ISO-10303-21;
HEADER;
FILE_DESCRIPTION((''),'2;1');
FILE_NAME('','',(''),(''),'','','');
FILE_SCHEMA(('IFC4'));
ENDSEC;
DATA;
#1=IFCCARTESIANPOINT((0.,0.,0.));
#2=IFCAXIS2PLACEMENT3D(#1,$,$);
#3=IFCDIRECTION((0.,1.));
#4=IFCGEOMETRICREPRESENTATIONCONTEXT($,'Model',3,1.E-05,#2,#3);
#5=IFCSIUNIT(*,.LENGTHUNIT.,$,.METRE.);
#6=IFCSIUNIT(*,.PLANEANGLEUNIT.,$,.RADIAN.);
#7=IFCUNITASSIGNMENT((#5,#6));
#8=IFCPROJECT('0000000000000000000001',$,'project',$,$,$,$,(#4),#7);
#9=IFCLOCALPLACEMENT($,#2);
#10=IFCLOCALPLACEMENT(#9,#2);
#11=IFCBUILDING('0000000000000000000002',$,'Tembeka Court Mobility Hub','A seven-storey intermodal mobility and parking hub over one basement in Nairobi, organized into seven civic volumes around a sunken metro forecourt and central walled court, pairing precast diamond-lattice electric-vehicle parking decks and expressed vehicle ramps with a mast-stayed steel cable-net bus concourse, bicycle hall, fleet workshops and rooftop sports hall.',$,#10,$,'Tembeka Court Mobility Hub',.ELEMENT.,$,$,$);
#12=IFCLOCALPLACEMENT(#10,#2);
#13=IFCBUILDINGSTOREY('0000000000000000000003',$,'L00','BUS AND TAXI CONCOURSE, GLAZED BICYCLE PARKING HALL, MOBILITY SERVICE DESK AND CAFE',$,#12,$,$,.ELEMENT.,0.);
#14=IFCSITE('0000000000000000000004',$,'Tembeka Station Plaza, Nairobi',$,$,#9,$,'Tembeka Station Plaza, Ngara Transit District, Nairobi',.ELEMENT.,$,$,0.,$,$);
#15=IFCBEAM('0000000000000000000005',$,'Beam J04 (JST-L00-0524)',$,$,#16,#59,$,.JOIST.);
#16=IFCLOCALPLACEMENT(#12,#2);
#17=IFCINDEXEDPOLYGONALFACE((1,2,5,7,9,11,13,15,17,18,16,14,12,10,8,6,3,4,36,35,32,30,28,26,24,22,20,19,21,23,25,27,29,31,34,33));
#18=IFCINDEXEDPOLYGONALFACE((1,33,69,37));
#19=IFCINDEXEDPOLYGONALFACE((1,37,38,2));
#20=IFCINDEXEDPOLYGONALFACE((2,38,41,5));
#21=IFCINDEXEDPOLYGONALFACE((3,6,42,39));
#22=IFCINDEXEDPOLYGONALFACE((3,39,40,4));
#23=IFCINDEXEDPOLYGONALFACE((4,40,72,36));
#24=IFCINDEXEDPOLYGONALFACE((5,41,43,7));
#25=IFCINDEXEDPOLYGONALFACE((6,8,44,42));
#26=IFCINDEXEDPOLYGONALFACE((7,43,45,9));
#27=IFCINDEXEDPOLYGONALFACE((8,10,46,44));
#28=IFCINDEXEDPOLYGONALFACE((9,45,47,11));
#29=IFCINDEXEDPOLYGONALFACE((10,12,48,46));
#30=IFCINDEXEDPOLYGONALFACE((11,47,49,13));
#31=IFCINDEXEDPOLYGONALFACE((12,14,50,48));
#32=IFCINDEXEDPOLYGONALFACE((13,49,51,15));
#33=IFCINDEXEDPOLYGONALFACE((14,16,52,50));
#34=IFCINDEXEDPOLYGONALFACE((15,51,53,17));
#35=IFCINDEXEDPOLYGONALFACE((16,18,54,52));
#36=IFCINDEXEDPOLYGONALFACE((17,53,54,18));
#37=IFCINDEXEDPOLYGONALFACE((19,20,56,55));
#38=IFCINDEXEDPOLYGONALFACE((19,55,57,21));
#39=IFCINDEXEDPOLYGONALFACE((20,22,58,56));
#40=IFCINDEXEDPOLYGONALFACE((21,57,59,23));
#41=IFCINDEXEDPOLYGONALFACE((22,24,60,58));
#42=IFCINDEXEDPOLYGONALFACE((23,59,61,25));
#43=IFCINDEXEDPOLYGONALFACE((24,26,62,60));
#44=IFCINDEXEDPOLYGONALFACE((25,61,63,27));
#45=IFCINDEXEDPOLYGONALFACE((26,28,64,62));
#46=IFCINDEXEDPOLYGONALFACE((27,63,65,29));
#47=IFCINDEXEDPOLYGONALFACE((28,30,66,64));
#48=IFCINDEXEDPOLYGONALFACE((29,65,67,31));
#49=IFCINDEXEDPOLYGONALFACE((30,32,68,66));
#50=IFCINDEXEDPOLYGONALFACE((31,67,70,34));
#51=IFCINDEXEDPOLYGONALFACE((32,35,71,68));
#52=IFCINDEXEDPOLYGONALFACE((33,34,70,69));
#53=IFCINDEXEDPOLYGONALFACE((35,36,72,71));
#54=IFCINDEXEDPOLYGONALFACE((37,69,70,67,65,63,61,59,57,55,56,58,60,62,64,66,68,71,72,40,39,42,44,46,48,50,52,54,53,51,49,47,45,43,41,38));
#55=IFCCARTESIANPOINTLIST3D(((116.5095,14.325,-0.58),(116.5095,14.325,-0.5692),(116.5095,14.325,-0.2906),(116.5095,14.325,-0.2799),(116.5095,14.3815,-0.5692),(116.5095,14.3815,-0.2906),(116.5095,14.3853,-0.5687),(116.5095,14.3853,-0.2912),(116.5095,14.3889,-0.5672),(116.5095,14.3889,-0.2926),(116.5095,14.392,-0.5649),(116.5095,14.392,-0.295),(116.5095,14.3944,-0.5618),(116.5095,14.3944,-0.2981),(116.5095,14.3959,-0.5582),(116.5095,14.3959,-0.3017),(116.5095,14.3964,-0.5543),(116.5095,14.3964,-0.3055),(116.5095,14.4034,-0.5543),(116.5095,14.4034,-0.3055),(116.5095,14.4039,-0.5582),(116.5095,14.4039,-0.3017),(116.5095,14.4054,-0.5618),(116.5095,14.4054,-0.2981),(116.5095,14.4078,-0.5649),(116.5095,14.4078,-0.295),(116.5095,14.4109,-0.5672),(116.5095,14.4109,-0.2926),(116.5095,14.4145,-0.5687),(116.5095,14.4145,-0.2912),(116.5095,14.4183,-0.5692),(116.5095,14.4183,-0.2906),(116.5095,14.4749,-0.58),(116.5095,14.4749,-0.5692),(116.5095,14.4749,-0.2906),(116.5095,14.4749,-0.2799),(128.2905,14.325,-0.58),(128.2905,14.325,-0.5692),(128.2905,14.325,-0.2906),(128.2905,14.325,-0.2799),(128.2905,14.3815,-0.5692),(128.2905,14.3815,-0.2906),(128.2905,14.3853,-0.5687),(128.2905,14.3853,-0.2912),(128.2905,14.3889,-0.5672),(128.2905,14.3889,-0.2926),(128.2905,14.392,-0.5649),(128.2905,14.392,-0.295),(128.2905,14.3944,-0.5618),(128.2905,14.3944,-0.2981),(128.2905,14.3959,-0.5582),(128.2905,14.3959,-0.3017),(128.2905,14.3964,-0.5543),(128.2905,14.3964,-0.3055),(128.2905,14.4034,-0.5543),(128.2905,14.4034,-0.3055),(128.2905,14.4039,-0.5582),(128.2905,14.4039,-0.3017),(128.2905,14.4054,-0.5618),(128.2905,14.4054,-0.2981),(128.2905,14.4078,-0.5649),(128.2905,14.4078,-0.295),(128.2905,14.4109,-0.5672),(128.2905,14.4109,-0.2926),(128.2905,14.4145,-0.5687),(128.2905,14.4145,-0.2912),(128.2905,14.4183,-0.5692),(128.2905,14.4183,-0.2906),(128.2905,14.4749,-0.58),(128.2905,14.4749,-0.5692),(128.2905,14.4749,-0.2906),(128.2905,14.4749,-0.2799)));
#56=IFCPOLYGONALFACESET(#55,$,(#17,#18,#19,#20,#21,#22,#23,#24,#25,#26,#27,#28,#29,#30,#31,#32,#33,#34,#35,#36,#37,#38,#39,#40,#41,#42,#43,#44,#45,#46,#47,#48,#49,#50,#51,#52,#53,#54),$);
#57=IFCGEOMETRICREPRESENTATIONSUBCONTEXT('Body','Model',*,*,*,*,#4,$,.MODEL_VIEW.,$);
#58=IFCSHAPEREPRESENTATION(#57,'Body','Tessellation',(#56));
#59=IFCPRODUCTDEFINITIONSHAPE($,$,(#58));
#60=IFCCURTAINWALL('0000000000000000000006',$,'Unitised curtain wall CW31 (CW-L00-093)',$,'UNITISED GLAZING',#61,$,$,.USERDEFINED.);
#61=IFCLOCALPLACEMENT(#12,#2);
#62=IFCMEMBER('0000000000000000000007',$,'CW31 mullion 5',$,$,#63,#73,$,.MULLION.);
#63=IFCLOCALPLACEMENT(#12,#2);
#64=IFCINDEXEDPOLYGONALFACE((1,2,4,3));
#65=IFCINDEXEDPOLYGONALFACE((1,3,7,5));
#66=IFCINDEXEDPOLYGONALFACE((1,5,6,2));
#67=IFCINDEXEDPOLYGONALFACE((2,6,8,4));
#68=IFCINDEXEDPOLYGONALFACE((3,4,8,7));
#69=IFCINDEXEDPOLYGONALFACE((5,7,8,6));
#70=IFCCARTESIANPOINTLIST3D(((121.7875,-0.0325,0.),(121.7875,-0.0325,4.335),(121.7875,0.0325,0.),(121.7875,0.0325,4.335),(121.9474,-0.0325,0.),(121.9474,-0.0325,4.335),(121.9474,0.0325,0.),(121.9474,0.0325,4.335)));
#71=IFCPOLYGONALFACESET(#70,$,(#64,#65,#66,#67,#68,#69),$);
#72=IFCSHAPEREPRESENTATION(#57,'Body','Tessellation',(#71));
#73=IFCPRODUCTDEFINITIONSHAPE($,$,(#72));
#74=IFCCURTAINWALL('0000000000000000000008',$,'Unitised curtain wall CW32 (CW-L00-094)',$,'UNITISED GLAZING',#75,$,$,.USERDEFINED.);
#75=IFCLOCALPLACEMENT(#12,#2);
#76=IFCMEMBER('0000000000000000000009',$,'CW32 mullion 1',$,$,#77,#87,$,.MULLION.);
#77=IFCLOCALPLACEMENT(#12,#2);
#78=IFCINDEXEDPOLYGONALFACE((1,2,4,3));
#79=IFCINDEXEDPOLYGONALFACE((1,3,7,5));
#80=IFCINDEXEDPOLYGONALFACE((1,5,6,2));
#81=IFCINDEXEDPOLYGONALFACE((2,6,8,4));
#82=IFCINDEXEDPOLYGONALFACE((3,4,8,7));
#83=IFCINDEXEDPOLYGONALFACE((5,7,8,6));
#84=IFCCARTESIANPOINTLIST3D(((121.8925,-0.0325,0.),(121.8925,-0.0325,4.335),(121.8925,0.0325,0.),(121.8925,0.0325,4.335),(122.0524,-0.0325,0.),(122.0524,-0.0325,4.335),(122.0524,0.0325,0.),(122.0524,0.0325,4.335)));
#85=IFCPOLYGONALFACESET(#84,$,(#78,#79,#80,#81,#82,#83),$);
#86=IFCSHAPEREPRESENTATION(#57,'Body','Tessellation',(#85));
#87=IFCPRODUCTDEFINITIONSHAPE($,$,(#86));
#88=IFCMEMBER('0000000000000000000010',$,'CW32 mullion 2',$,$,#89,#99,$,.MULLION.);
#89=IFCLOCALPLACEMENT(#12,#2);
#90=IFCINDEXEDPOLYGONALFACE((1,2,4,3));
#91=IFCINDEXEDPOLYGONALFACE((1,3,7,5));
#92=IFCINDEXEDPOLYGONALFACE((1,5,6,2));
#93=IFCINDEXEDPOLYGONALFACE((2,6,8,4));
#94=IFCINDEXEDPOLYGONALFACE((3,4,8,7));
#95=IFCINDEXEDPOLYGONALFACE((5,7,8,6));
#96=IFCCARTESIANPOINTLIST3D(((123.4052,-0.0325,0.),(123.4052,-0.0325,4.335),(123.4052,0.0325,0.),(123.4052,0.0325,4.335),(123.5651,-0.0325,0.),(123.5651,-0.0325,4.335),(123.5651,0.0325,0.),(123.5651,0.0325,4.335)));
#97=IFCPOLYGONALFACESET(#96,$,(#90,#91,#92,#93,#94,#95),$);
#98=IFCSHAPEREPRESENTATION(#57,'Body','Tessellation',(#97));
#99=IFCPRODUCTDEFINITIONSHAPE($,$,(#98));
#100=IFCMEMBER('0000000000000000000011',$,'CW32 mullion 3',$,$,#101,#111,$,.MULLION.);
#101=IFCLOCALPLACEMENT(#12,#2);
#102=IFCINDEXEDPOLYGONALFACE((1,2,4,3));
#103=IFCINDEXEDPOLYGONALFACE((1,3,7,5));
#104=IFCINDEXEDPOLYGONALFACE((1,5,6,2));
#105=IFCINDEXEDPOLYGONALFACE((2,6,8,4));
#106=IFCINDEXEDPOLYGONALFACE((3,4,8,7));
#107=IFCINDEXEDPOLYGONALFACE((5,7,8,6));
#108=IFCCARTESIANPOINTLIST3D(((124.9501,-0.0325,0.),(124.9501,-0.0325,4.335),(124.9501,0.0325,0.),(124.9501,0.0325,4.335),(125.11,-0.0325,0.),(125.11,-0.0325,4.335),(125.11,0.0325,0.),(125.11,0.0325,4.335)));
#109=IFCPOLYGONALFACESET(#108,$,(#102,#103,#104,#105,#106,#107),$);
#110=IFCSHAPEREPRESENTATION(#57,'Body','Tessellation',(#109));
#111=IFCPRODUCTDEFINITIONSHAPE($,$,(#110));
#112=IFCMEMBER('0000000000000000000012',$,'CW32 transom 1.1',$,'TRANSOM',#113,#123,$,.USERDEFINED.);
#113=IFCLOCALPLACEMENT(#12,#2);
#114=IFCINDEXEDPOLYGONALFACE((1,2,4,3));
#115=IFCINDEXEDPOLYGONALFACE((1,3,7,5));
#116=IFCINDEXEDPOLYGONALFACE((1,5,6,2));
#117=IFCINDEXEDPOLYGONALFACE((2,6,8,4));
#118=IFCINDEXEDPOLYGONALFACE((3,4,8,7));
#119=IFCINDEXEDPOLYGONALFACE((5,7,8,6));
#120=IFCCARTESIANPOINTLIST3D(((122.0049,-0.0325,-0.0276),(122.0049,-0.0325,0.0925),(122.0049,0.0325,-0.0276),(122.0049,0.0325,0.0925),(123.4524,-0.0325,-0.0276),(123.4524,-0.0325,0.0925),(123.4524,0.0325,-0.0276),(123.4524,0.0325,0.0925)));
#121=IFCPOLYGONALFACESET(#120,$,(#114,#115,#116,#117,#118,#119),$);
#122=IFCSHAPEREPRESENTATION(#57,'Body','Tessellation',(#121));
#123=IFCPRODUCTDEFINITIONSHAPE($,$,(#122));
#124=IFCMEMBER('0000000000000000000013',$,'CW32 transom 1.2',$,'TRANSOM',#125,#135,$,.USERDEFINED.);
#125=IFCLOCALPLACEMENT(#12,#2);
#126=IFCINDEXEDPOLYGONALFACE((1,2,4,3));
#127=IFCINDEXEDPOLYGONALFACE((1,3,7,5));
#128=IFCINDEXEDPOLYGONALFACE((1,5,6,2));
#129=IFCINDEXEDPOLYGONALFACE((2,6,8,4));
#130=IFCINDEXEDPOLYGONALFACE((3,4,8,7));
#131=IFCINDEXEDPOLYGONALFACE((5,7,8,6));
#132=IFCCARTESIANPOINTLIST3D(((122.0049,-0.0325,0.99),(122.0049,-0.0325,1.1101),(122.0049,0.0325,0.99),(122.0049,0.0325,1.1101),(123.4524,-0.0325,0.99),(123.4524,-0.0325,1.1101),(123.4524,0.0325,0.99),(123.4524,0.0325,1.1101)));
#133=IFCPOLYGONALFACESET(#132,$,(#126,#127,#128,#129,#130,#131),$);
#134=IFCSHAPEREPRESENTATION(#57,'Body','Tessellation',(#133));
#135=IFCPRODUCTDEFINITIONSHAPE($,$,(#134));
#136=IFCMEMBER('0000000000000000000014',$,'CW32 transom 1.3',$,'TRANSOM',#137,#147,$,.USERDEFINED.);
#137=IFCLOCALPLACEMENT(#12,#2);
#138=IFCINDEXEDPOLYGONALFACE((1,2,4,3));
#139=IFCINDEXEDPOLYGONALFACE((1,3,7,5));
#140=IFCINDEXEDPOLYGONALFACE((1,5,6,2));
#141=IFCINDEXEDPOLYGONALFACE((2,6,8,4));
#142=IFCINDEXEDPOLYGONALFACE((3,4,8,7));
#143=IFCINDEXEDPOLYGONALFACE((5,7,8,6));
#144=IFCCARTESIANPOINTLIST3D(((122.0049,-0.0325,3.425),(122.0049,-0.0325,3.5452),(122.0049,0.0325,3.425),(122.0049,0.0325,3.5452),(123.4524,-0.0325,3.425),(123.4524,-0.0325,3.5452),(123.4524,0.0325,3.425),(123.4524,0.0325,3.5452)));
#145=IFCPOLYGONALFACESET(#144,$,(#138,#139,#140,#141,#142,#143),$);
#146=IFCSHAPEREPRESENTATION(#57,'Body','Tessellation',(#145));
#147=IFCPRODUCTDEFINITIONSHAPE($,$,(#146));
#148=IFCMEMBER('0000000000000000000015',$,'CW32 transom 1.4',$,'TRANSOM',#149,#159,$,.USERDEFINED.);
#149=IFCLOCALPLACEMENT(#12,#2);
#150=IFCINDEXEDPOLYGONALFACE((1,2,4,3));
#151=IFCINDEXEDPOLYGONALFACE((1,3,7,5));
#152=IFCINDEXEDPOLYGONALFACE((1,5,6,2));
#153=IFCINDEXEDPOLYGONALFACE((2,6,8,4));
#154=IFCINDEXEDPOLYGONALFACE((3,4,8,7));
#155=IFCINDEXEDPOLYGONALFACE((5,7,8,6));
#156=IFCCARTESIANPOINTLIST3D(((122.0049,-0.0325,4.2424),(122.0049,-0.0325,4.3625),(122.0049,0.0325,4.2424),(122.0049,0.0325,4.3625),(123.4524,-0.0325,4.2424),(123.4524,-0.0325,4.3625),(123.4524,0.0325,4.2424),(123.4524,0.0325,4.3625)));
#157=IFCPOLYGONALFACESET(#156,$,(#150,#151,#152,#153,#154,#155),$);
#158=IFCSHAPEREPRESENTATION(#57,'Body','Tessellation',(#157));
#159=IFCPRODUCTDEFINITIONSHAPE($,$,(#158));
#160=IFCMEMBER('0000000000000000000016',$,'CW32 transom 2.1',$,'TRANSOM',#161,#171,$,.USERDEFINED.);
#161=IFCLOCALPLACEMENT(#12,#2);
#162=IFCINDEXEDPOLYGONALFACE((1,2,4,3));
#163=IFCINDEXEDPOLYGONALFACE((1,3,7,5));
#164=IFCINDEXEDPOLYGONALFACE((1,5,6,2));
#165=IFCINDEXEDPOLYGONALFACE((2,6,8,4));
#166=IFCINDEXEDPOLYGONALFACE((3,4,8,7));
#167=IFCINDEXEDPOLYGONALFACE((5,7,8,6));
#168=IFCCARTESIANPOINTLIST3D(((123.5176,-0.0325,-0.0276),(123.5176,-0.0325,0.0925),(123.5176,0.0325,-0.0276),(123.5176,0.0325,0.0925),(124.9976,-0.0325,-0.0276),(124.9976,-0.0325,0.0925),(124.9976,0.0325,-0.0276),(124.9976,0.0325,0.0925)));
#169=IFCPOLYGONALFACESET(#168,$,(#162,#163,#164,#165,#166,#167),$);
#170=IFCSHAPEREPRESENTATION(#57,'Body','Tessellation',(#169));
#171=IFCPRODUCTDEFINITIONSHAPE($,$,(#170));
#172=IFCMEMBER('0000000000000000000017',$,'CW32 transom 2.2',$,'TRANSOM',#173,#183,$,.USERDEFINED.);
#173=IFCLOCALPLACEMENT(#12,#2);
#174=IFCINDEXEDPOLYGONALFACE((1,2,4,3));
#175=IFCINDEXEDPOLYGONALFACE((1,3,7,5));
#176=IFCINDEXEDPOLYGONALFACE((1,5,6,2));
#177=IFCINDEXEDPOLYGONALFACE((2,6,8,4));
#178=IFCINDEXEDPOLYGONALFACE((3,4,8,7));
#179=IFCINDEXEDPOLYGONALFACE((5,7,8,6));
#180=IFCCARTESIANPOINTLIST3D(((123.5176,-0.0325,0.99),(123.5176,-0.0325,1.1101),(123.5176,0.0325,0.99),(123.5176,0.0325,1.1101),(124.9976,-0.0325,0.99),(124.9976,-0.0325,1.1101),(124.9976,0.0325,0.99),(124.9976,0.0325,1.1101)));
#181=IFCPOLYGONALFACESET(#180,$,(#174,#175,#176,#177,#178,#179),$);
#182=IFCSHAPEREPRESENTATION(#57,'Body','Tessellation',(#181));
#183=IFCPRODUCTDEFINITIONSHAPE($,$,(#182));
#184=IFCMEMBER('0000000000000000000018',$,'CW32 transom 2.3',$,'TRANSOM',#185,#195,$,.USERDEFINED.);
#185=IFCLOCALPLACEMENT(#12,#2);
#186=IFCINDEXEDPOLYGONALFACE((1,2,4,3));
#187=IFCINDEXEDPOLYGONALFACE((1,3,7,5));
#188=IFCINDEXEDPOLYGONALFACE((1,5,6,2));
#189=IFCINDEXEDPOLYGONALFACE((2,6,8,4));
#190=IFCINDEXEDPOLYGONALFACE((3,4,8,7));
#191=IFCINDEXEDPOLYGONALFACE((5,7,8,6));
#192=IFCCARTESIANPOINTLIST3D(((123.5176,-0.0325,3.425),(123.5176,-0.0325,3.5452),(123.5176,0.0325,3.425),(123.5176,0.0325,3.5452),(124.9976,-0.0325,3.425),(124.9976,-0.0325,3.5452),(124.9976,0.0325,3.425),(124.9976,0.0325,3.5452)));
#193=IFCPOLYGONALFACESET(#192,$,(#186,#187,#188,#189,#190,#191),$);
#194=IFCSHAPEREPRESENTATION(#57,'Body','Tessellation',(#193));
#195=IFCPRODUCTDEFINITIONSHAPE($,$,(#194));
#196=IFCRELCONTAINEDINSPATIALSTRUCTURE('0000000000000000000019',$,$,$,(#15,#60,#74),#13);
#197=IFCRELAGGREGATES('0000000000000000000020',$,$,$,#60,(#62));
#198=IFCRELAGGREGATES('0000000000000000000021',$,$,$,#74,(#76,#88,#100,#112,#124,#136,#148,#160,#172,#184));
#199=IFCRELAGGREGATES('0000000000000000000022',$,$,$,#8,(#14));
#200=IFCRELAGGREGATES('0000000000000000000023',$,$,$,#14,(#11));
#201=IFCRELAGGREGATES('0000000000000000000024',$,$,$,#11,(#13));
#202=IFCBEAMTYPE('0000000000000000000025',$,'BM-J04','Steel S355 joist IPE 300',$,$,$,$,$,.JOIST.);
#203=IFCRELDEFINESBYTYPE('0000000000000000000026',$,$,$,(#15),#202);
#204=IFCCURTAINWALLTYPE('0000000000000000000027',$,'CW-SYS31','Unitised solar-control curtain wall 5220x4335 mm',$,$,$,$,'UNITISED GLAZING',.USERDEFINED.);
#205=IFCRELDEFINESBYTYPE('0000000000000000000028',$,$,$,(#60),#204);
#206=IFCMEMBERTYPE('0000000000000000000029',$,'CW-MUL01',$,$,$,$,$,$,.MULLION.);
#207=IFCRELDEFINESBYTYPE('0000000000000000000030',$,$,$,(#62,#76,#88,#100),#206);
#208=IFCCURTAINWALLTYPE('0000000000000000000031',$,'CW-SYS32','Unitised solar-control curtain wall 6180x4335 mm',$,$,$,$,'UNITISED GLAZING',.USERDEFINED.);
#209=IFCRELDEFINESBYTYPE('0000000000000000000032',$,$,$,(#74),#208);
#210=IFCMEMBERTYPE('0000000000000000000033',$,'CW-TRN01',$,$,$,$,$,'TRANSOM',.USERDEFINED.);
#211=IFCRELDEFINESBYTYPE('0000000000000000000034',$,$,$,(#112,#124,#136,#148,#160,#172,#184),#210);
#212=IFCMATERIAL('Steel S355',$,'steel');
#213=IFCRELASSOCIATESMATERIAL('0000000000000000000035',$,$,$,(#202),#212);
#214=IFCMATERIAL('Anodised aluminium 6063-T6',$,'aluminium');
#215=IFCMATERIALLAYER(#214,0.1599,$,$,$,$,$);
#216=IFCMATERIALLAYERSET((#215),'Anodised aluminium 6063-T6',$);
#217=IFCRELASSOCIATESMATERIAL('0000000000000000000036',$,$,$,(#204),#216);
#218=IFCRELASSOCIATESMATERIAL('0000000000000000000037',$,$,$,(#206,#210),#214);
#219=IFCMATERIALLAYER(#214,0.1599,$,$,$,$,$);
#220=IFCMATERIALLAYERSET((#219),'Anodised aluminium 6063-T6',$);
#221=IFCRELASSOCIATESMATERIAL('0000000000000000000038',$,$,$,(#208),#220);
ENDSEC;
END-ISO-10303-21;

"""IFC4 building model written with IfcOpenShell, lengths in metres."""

from ifc_helpers import new_model, si_unit, direction, frame, origin, origin_2d, place, context, subcontext, project, spatial, rectangle, i_section, extrude, material, layer, layer_set, material_profile, profile_set, type_object, element, aggregate, save


model = new_model("IFC4")

# Units and contexts
model_context = context("Model", 3, precision=1e-05, world=origin(), true_north=direction((0.0, 1.0)))
body_context = subcontext(model_context, "Body", "Model", "MODEL_VIEW")
ifc_project = project(units=[si_unit("LENGTHUNIT", "METRE"), si_unit("PLANEANGLEUNIT", "RADIAN")], contexts=[model_context])

# Site, building, storey
site_placement = place(None, origin())
site = spatial("IfcSite", under=ifc_project, at=site_placement, Name="Tembeka Station Plaza, Nairobi", LongName="Tembeka Station Plaza, Ngara Transit District, Nairobi", CompositionType="ELEMENT", RefElevation=0.0)
building_placement = place(site_placement, origin())
building = spatial("IfcBuilding", under=site, at=building_placement, Name="Tembeka Court Mobility Hub", Description="A seven-storey intermodal mobility and parking hub over one basement in Nairobi, organized into seven civic volumes around a sunken metro forecourt and central walled court, pairing precast diamond-lattice electric-vehicle parking decks and expressed vehicle ramps with a mast-stayed steel cable-net bus concourse, bicycle hall, fleet workshops and rooftop sports hall.", LongName="Tembeka Court Mobility Hub", CompositionType="ELEMENT")
storey_placement = place(building_placement, origin())
storey = spatial("IfcBuildingStorey", under=building, at=storey_placement, Name="L00", Description="BUS AND TAXI CONCOURSE, GLAZED BICYCLE PARKING HALL, MOBILITY SERVICE DESK AND CAFE", CompositionType="ELEMENT", Elevation=0.0)

# Beam
ifc_material_1 = material(Name="Steel S355", Category="steel")
ifc_material_profile_1 = material_profile(ifc_material_1, i_section(OverallWidth=0.1499, OverallDepth=0.3, WebThickness=0.0071, FlangeThickness=0.0107, FilletRadius=0.0149, at=origin_2d()), Name="IPE 300")
ifc_profile_set_1 = profile_set([ifc_material_profile_1], Name="Steel S355")
beam_type_1 = type_object("IfcBeamType", Name="BM-J04", Description="Steel S355 joist IPE 300", PredefinedType="JOIST", material=ifc_profile_set_1)
for number, where, z_axis, x_axis, name in (
    (1, (116.5095, 14.3999, -0.4299), (1.0, 0.0, 0.0), (0.0, 1.0, 0.0), "Beam J04 (JST-L00-0524)"),
):
    element("IfcBeam", number, at=place(storey_placement, frame(where, z_axis=z_axis, x_axis=x_axis)), inside=storey, type_object=beam_type_1, Name=name, PredefinedType="JOIST", context=body_context, shape_type="SweptSolid", body=[
        extrude(i_section(OverallWidth=0.1499, OverallDepth=0.3, WebThickness=0.0071, FlangeThickness=0.0107, FilletRadius=0.0149, at=origin_2d()), origin(), (0.0, 0.0, 1.0), 11.781),
    ])

# Curtain wall, member
ifc_material_2 = material(Name="Anodised aluminium 6063-T6", Category="aluminium")
ifc_layer_1 = layer(ifc_material_2, 0.1599)
ifc_layer_set_1 = layer_set([ifc_layer_1], Name="Anodised aluminium 6063-T6")
curtain_wall_type_1 = type_object("IfcCurtainWallType", Name="CW-SYS31", Description="Unitised solar-control curtain wall 5220x4335 mm", ElementType="UNITISED GLAZING", PredefinedType="USERDEFINED", material=ifc_layer_set_1)
curtain_wall_1_placement = place(storey_placement, origin())
curtain_wall_1 = element("IfcCurtainWall", 2, at=curtain_wall_1_placement, inside=storey, type_object=curtain_wall_type_1, Name="Unitised curtain wall CW31 (CW-L00-093)", ObjectType="UNITISED GLAZING", PredefinedType="USERDEFINED")
ifc_material_profile_2 = material_profile(ifc_material_2, rectangle(XDim=0.0649, YDim=0.1599, at=origin_2d()), Name="ALU-MUL 65x160")
ifc_profile_set_2 = profile_set([ifc_material_profile_2], Name="Anodised aluminium 6063-T6")
member_type_1 = type_object("IfcMemberType", Name="CW-MUL01", PredefinedType="MULLION", material=ifc_profile_set_2)
member_1_placement = place(storey_placement, frame((121.8674, 0.0, 0.0), z_axis=(0.0, 0.0, 1.0), x_axis=(0.0, 1.0, 0.0)))
member_1 = element("IfcMember", 3, at=member_1_placement, type_object=member_type_1, Name="CW31 mullion 5", PredefinedType="MULLION", context=body_context, shape_type="SweptSolid", body=[
    extrude(rectangle(XDim=0.0649, YDim=0.1599, at=origin_2d()), origin(), (0.0, 0.0, 1.0), 4.335),
])

# Curtain wall, members
ifc_layer_2 = layer(ifc_material_2, 0.1599)
ifc_layer_set_2 = layer_set([ifc_layer_2], Name="Anodised aluminium 6063-T6")
curtain_wall_type_2 = type_object("IfcCurtainWallType", Name="CW-SYS32", Description="Unitised solar-control curtain wall 6180x4335 mm", ElementType="UNITISED GLAZING", PredefinedType="USERDEFINED", material=ifc_layer_set_2)
curtain_wall_2_placement = place(storey_placement, origin())
curtain_wall_2 = element("IfcCurtainWall", 4, at=curtain_wall_2_placement, inside=storey, type_object=curtain_wall_type_2, Name="Unitised curtain wall CW32 (CW-L00-094)", ObjectType="UNITISED GLAZING", PredefinedType="USERDEFINED")
member_2_placement = place(storey_placement, frame((121.9724, 0.0, 0.0), z_axis=(0.0, 0.0, 1.0), x_axis=(0.0, 1.0, 0.0)))
member_2 = element("IfcMember", 5, at=member_2_placement, type_object=member_type_1, Name="CW32 mullion 1", PredefinedType="MULLION", context=body_context, shape_type="SweptSolid", body=[
    extrude(rectangle(XDim=0.0649, YDim=0.1599, at=origin_2d()), origin(), (0.0, 0.0, 1.0), 4.335),
])
member_3_placement = place(storey_placement, frame((123.4851, 0.0, 0.0), z_axis=(0.0, 0.0, 1.0), x_axis=(0.0, 1.0, 0.0)))
member_3 = element("IfcMember", 6, at=member_3_placement, type_object=member_type_1, Name="CW32 mullion 2", PredefinedType="MULLION", context=body_context, shape_type="SweptSolid", body=[
    extrude(rectangle(XDim=0.0649, YDim=0.1599, at=origin_2d()), origin(), (0.0, 0.0, 1.0), 4.335),
])
member_4_placement = place(storey_placement, frame((125.03, 0.0, 0.0), z_axis=(0.0, 0.0, 1.0), x_axis=(0.0, 1.0, 0.0)))
member_4 = element("IfcMember", 7, at=member_4_placement, type_object=member_type_1, Name="CW32 mullion 3", PredefinedType="MULLION", context=body_context, shape_type="SweptSolid", body=[
    extrude(rectangle(XDim=0.0649, YDim=0.1599, at=origin_2d()), origin(), (0.0, 0.0, 1.0), 4.335),
])
ifc_material_profile_3 = material_profile(ifc_material_2, rectangle(XDim=0.0649, YDim=0.1201, at=origin_2d()), Name="ALU-TRN 65x120")
ifc_profile_set_3 = profile_set([ifc_material_profile_3], Name="Anodised aluminium 6063-T6")
member_type_2 = type_object("IfcMemberType", Name="CW-TRN01", ElementType="TRANSOM", PredefinedType="USERDEFINED", material=ifc_profile_set_3)
member_5_placement = place(storey_placement, frame((122.0049, 0.0, 0.0325), z_axis=(1.0, 0.0, 0.0), x_axis=(0.0, 1.0, 0.0)))
member_5 = element("IfcMember", 8, at=member_5_placement, type_object=member_type_2, Name="CW32 transom 1.1", ObjectType="TRANSOM", PredefinedType="USERDEFINED", context=body_context, shape_type="SweptSolid", body=[
    extrude(rectangle(XDim=0.0649, YDim=0.1201, at=origin_2d()), origin(), (0.0, 0.0, 1.0), 1.4475),
])
member_6_placement = place(storey_placement, frame((122.0049, 0.0, 1.05), z_axis=(1.0, 0.0, 0.0), x_axis=(0.0, 1.0, 0.0)))
member_6 = element("IfcMember", 9, at=member_6_placement, type_object=member_type_2, Name="CW32 transom 1.2", ObjectType="TRANSOM", PredefinedType="USERDEFINED", context=body_context, shape_type="SweptSolid", body=[
    extrude(rectangle(XDim=0.0649, YDim=0.1201, at=origin_2d()), origin(), (0.0, 0.0, 1.0), 1.4475),
])
member_7_placement = place(storey_placement, frame((122.0049, 0.0, 3.4851), z_axis=(1.0, 0.0, 0.0), x_axis=(0.0, 1.0, 0.0)))
member_7 = element("IfcMember", 10, at=member_7_placement, type_object=member_type_2, Name="CW32 transom 1.3", ObjectType="TRANSOM", PredefinedType="USERDEFINED", context=body_context, shape_type="SweptSolid", body=[
    extrude(rectangle(XDim=0.0649, YDim=0.1201, at=origin_2d()), origin(), (0.0, 0.0, 1.0), 1.4475),
])
member_8_placement = place(storey_placement, frame((122.0049, 0.0, 4.3025), z_axis=(1.0, 0.0, 0.0), x_axis=(0.0, 1.0, 0.0)))
member_8 = element("IfcMember", 11, at=member_8_placement, type_object=member_type_2, Name="CW32 transom 1.4", ObjectType="TRANSOM", PredefinedType="USERDEFINED", context=body_context, shape_type="SweptSolid", body=[
    extrude(rectangle(XDim=0.0649, YDim=0.1201, at=origin_2d()), origin(), (0.0, 0.0, 1.0), 1.4475),
])
member_9_placement = place(storey_placement, frame((123.5176, 0.0, 0.0325), z_axis=(1.0, 0.0, 0.0), x_axis=(0.0, 1.0, 0.0)))
member_9 = element("IfcMember", 12, at=member_9_placement, type_object=member_type_2, Name="CW32 transom 2.1", ObjectType="TRANSOM", PredefinedType="USERDEFINED", context=body_context, shape_type="SweptSolid", body=[
    extrude(rectangle(XDim=0.0649, YDim=0.1201, at=origin_2d()), origin(), (0.0, 0.0, 1.0), 1.48),
])
member_10_placement = place(storey_placement, frame((123.5176, 0.0, 1.05), z_axis=(1.0, 0.0, 0.0), x_axis=(0.0, 1.0, 0.0)))
member_10 = element("IfcMember", 13, at=member_10_placement, type_object=member_type_2, Name="CW32 transom 2.2", ObjectType="TRANSOM", PredefinedType="USERDEFINED", context=body_context, shape_type="SweptSolid", body=[
    extrude(rectangle(XDim=0.0649, YDim=0.1201, at=origin_2d()), origin(), (0.0, 0.0, 1.0), 1.48),
])
member_11_placement = place(storey_placement, frame((123.5176, 0.0, 3.4851), z_axis=(1.0, 0.0, 0.0), x_axis=(0.0, 1.0, 0.0)))
member_11 = element("IfcMember", 14, at=member_11_placement, type_object=member_type_2, Name="CW32 transom 2.3", ObjectType="TRANSOM", PredefinedType="USERDEFINED", context=body_context, shape_type="SweptSolid", body=[
    extrude(rectangle(XDim=0.0649, YDim=0.1201, at=origin_2d()), origin(), (0.0, 0.0, 1.0), 1.48),
])

aggregate(curtain_wall_1, [member_1])
aggregate(curtain_wall_2, [member_2, member_3, member_4, member_5, member_6, member_7, member_8, member_9, member_10, member_11])

save(model, "model.ifc")
